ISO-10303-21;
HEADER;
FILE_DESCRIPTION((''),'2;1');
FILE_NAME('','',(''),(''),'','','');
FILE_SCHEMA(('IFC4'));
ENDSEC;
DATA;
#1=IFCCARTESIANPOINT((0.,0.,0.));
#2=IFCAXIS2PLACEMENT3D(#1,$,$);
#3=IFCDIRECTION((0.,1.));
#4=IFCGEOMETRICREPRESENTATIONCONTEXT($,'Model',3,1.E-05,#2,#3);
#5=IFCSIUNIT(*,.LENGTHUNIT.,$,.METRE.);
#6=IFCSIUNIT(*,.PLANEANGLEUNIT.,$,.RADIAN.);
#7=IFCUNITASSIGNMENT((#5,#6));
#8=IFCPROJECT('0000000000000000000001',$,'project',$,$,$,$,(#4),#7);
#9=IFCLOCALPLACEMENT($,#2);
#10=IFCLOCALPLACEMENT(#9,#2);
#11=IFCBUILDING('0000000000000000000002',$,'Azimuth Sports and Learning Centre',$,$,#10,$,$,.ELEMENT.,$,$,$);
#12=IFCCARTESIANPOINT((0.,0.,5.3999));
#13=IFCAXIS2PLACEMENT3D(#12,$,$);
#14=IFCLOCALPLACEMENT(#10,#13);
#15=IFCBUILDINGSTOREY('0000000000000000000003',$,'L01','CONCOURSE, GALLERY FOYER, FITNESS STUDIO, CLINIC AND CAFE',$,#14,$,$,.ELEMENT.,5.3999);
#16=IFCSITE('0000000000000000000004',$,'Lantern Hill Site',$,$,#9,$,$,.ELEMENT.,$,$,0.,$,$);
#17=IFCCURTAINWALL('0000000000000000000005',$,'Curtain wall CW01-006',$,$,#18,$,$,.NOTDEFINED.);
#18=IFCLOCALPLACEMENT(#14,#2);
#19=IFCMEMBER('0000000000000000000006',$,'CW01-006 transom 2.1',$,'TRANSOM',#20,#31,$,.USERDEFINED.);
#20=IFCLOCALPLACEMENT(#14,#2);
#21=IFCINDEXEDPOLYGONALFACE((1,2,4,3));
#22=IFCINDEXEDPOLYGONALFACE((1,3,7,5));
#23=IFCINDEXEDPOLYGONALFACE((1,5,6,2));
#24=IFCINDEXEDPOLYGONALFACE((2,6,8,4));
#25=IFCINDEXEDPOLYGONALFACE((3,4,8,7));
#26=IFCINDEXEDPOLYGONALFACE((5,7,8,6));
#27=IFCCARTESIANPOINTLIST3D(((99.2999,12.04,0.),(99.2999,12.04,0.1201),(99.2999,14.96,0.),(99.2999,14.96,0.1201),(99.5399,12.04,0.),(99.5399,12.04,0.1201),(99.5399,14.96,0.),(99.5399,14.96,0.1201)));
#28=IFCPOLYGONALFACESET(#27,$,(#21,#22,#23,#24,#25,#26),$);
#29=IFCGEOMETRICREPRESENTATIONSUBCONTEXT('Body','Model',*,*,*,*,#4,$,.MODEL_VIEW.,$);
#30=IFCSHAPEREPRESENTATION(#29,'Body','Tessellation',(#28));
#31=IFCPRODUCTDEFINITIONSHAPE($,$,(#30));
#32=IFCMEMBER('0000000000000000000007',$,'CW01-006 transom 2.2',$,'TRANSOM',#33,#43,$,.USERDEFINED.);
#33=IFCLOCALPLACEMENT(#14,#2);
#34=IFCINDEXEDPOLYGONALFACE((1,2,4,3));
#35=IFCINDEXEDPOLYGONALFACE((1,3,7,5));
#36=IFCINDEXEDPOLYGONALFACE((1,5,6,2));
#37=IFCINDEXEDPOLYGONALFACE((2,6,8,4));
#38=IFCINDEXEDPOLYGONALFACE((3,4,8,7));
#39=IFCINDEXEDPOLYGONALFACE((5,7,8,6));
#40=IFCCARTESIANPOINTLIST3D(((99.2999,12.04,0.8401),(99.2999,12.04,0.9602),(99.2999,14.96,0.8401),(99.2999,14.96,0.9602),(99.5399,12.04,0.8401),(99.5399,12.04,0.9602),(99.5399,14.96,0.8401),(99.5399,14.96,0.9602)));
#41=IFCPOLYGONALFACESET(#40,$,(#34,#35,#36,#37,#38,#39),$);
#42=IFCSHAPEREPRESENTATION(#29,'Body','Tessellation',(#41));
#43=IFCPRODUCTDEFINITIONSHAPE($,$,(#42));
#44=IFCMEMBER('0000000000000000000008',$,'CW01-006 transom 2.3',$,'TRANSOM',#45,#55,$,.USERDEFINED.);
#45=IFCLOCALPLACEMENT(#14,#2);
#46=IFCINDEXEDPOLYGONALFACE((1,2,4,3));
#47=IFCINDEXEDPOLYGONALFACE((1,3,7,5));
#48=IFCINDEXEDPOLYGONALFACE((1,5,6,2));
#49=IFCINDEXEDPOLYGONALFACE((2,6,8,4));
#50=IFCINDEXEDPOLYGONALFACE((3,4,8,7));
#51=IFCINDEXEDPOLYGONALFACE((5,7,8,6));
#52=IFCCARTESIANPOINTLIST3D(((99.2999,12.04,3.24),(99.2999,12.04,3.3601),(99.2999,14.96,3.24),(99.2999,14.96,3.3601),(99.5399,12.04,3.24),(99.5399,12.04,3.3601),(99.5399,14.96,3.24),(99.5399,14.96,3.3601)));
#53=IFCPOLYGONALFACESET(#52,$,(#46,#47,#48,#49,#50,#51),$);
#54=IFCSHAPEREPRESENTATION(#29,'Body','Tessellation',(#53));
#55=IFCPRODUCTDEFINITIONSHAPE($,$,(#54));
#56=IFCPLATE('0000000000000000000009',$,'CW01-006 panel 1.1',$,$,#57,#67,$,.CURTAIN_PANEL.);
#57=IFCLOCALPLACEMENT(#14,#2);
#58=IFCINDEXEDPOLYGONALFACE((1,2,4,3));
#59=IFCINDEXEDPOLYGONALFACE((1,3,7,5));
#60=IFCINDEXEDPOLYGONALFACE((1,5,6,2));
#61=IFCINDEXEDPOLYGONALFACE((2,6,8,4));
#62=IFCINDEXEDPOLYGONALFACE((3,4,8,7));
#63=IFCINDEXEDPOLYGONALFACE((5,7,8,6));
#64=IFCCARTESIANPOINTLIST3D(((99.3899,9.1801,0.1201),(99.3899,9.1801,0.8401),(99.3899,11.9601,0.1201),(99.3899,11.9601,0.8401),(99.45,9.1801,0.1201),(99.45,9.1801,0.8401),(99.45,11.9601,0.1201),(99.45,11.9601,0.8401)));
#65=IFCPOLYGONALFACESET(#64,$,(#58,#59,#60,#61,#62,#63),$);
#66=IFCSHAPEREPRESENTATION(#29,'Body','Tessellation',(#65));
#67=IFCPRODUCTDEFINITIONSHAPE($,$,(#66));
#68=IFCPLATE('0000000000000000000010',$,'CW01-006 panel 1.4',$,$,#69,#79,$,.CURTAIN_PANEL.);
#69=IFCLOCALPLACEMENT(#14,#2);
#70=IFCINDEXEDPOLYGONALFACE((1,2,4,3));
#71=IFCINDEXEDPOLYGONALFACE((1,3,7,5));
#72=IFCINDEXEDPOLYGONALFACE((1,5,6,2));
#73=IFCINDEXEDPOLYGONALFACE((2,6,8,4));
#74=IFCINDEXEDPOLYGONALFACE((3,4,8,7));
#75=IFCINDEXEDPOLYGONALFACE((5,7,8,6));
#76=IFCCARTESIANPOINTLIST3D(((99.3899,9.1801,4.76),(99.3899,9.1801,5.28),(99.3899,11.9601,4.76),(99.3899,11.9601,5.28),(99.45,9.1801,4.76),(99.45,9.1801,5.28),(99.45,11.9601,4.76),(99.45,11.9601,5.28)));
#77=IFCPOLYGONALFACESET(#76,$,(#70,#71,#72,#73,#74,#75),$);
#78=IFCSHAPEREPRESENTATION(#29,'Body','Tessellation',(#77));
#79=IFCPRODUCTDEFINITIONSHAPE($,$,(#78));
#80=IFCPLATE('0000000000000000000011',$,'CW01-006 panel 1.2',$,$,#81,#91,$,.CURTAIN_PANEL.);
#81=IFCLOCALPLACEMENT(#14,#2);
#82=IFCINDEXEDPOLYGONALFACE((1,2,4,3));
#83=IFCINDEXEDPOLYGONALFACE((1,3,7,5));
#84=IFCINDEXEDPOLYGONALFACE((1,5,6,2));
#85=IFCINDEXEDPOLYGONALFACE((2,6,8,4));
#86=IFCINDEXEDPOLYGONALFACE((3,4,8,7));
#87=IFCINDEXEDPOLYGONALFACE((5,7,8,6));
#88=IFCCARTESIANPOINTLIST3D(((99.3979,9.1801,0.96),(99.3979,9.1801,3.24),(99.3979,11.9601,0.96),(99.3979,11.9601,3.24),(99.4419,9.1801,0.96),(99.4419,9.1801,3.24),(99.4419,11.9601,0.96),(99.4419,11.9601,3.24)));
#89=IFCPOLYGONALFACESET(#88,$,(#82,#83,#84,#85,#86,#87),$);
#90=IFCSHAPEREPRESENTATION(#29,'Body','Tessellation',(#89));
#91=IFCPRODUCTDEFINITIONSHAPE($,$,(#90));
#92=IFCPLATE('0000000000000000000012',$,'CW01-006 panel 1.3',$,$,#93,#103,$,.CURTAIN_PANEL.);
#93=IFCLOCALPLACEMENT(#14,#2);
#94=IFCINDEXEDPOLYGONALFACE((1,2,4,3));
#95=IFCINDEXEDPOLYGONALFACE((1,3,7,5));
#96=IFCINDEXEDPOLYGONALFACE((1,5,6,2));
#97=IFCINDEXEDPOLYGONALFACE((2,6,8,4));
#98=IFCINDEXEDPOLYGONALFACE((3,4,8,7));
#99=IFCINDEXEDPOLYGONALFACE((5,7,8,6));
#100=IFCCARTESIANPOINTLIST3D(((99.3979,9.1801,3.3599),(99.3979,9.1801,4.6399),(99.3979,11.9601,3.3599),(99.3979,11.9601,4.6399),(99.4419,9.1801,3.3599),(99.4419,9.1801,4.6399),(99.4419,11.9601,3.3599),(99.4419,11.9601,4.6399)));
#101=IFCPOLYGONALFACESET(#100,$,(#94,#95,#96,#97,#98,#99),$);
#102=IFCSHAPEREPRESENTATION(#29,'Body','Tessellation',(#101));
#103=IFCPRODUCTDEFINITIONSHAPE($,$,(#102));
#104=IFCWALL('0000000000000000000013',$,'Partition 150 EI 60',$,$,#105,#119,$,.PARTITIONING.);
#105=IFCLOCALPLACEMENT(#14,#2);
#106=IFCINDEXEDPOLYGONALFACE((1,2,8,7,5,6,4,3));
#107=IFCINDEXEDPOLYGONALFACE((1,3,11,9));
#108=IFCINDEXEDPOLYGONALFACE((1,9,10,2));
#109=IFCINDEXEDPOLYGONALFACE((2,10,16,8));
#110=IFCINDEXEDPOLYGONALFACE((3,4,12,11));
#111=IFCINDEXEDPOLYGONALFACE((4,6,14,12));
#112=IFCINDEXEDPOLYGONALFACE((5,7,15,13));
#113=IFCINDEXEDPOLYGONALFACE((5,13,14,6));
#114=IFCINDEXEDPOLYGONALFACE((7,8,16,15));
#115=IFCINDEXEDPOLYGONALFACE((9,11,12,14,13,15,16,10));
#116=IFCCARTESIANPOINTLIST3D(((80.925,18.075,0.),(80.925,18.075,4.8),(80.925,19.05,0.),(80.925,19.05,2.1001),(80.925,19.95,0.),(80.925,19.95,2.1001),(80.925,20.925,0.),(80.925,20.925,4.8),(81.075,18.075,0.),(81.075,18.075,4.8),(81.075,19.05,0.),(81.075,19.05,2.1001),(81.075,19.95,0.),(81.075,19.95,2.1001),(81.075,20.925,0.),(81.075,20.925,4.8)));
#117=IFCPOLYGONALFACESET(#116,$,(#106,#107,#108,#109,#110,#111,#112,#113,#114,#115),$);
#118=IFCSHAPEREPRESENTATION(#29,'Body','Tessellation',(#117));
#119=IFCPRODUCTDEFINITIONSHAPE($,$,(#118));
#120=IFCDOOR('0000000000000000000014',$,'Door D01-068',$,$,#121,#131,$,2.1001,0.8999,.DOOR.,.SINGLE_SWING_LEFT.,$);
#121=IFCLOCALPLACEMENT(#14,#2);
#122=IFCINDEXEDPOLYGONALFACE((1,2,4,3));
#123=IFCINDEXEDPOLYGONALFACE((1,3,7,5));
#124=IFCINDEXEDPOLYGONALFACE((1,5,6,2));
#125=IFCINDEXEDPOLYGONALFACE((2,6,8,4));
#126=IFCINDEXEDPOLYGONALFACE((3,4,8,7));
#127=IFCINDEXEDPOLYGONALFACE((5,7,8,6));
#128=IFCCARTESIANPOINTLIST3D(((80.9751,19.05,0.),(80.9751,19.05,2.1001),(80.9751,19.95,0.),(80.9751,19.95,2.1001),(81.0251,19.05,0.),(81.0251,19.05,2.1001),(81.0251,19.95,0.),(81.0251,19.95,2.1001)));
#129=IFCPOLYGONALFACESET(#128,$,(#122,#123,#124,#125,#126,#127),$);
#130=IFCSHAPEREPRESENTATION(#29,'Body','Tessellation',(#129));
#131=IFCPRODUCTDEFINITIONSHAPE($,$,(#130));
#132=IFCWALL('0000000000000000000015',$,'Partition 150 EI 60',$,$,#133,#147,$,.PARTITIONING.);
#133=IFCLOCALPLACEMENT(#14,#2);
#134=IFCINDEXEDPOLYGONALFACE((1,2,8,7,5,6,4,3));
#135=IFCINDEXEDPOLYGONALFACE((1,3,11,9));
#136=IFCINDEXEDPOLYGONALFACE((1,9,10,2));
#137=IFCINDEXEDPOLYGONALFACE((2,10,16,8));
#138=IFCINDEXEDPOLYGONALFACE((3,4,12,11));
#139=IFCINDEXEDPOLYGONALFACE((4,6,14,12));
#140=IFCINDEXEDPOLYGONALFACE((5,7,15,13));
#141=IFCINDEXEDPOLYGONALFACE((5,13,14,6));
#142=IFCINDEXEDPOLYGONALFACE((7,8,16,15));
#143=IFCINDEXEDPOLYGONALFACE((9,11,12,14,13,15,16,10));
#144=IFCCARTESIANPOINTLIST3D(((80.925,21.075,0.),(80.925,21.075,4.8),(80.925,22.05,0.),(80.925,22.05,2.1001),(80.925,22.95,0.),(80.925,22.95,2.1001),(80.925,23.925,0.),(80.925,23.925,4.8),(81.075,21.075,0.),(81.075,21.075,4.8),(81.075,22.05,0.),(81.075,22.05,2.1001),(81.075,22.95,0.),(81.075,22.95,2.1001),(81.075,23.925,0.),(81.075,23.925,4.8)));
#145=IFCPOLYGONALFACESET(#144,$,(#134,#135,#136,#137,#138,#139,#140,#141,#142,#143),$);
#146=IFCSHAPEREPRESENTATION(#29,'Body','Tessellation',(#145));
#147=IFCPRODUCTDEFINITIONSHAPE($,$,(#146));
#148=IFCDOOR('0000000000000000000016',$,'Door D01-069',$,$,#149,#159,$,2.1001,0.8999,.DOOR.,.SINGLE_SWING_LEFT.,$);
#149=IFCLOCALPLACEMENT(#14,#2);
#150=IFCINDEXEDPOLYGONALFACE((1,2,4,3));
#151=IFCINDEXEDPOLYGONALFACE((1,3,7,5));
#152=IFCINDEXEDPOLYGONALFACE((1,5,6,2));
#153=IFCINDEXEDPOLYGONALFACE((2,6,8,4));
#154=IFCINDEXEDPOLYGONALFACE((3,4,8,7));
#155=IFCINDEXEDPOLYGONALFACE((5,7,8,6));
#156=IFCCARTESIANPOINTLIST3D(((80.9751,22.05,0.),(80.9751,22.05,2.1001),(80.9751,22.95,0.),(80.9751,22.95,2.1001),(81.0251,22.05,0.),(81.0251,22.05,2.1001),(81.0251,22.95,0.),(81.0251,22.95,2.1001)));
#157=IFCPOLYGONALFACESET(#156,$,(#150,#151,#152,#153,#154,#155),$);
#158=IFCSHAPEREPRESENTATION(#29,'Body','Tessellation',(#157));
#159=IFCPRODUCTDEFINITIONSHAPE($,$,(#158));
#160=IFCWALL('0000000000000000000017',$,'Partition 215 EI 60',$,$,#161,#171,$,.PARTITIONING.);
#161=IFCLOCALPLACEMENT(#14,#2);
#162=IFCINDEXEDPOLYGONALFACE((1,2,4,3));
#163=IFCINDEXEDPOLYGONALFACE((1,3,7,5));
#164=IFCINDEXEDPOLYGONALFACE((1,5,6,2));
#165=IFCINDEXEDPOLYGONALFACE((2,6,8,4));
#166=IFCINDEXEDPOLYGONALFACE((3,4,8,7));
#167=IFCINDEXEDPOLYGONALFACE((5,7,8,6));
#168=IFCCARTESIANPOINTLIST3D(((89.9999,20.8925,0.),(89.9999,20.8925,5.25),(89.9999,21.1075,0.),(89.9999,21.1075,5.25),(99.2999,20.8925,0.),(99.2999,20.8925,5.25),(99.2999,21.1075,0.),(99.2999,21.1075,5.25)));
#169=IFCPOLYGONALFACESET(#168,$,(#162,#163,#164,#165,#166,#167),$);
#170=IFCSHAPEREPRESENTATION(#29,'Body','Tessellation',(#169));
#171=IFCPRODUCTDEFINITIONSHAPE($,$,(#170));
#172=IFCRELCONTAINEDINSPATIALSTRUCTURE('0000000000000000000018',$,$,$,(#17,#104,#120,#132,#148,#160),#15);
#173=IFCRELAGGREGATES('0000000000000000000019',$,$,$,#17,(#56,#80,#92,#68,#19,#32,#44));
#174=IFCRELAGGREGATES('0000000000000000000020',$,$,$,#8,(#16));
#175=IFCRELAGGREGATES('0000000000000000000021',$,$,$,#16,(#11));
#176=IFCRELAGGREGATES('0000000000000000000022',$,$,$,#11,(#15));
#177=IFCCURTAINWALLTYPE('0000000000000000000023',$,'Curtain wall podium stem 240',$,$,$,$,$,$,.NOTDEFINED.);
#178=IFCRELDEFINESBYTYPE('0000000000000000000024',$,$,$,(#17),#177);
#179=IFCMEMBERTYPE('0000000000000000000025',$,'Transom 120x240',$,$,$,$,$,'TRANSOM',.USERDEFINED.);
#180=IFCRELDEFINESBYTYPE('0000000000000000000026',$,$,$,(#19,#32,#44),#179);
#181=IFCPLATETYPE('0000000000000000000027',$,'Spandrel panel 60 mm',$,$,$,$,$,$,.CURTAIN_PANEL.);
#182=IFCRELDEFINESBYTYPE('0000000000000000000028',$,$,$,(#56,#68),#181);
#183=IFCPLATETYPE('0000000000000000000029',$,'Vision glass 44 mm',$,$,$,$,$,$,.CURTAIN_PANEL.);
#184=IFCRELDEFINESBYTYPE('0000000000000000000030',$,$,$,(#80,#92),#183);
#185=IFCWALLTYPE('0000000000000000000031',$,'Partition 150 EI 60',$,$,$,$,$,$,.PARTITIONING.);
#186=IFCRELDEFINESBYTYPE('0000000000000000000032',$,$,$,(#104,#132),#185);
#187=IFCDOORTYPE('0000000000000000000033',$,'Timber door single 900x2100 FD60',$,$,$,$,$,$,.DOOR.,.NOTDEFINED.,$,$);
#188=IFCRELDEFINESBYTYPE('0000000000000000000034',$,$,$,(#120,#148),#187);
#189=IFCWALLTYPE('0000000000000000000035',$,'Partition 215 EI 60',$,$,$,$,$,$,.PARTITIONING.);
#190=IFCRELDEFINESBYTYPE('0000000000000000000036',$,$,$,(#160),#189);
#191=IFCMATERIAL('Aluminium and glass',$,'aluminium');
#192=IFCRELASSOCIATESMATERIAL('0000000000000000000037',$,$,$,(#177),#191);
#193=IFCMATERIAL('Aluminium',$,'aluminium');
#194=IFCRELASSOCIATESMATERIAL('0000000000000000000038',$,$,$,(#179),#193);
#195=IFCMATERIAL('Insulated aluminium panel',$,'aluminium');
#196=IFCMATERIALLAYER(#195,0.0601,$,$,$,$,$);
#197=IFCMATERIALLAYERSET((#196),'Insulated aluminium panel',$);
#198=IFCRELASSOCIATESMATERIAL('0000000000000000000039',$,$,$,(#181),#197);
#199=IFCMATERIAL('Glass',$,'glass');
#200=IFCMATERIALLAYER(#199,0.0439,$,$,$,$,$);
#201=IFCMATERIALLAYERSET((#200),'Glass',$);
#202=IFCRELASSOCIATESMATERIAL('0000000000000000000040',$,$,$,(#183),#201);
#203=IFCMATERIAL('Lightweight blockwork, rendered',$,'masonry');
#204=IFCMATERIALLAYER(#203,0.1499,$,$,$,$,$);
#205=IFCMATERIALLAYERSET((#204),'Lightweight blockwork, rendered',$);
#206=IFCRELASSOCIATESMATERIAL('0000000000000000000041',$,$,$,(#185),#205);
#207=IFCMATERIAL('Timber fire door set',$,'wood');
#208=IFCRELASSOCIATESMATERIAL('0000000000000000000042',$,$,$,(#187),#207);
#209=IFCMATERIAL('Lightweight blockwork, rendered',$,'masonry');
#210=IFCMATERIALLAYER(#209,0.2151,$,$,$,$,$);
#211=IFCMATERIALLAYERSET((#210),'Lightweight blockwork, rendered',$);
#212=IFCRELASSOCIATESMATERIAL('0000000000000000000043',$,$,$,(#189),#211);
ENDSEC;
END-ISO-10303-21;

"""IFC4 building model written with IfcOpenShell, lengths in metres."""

from ifc_helpers import new_model, si_unit, direction, frame, frame_2d, origin, origin_2d, place, context, subcontext, project, spatial, rectangle, extrude, material, layer, layer_set, material_profile, profile_set, type_object, element, fill, aggregate, save


model = new_model("IFC4")

# Units and contexts
model_context = context("Model", 3, precision=1e-05, world=origin(), true_north=direction((0.0, 1.0)))
body_context = subcontext(model_context, "Body", "Model", "MODEL_VIEW")
ifc_project = project(units=[si_unit("LENGTHUNIT", "METRE"), si_unit("PLANEANGLEUNIT", "RADIAN")], contexts=[model_context])

# Site, building, storey
site_placement = place(None, origin())
site = spatial("IfcSite", under=ifc_project, at=site_placement, Name="Lantern Hill Site", CompositionType="ELEMENT", RefElevation=0.0)
building_placement = place(site_placement, origin())
building = spatial("IfcBuilding", under=site, at=building_placement, Name="Azimuth Sports and Learning Centre", CompositionType="ELEMENT")
storey_placement = place(building_placement, frame((0.0, 0.0, 5.3999)))
storey = spatial("IfcBuildingStorey", under=building, at=storey_placement, Name="L01", Description="CONCOURSE, GALLERY FOYER, FITNESS STUDIO, CLINIC AND CAFE", CompositionType="ELEMENT", Elevation=5.3999)

# Curtain wall, members, plates
ifc_material_1 = material(Name="Aluminium and glass", Category="aluminium")
curtain_wall_type = type_object("IfcCurtainWallType", Name="Curtain wall podium stem 240", PredefinedType="NOTDEFINED", material=ifc_material_1)
curtain_wall_placement = place(storey_placement, origin())
curtain_wall = element("IfcCurtainWall", 1, at=curtain_wall_placement, inside=storey, type_object=curtain_wall_type, Name="Curtain wall CW01-006", PredefinedType="NOTDEFINED")
ifc_material_2 = material(Name="Aluminium", Category="aluminium")
ifc_material_profile_1 = material_profile(ifc_material_2, rectangle(XDim=0.24, YDim=0.1201, at=origin_2d()), Name="Transom 120x240")
ifc_profile_set_1 = profile_set([ifc_material_profile_1], Name="Aluminium")
member_type_1 = type_object("IfcMemberType", Name="Transom 120x240", ElementType="TRANSOM", PredefinedType="USERDEFINED", material=ifc_profile_set_1)
member_1_placement = place(storey_placement, frame((99.4199, 12.04, 0.0601), z_axis=(0.0, 1.0, 0.0), x_axis=(-1.0, 0.0, 0.0)))
member_1 = element("IfcMember", 2, at=member_1_placement, type_object=member_type_1, Name="CW01-006 transom 2.1", ObjectType="TRANSOM", PredefinedType="USERDEFINED", context=body_context, shape_type="SweptSolid", body=[
    extrude(rectangle(XDim=0.24, YDim=0.1201, at=origin_2d()), origin(), (0.0, 0.0, 1.0), 2.9199),
])
member_2_placement = place(storey_placement, frame((99.4199, 12.04, 0.9001), z_axis=(0.0, 1.0, 0.0), x_axis=(-1.0, 0.0, 0.0)))
member_2 = element("IfcMember", 3, at=member_2_placement, type_object=member_type_1, Name="CW01-006 transom 2.2", ObjectType="TRANSOM", PredefinedType="USERDEFINED", context=body_context, shape_type="SweptSolid", body=[
    extrude(rectangle(XDim=0.24, YDim=0.1201, at=origin_2d()), origin(), (0.0, 0.0, 1.0), 2.9199),
])
member_3_placement = place(storey_placement, frame((99.4199, 12.04, 3.3), z_axis=(0.0, 1.0, 0.0), x_axis=(-1.0, 0.0, 0.0)))
member_3 = element("IfcMember", 4, at=member_3_placement, type_object=member_type_1, Name="CW01-006 transom 2.3", ObjectType="TRANSOM", PredefinedType="USERDEFINED", context=body_context, shape_type="SweptSolid", body=[
    extrude(rectangle(XDim=0.24, YDim=0.1201, at=origin_2d()), origin(), (0.0, 0.0, 1.0), 2.9199),
])
ifc_material_3 = material(Name="Insulated aluminium panel", Category="aluminium")
ifc_layer_1 = layer(ifc_material_3, 0.0601)
ifc_layer_set_1 = layer_set([ifc_layer_1], Name="Insulated aluminium panel")
plate_type_1 = type_object("IfcPlateType", Name="Spandrel panel 60 mm", PredefinedType="CURTAIN_PANEL", material=ifc_layer_set_1)
plate_1_placement = place(storey_placement, frame((99.4199, 10.5701, 0.1201), z_axis=(0.0, 0.0, 1.0), x_axis=(0.0, 1.0, 0.0)))
plate_1 = element("IfcPlate", 5, at=plate_1_placement, type_object=plate_type_1, Name="CW01-006 panel 1.1", PredefinedType="CURTAIN_PANEL", context=body_context, shape_type="SweptSolid", body=[
    extrude(rectangle(XDim=2.78, YDim=0.0601, at=origin_2d()), origin(), (0.0, 0.0, 1.0), 0.72),
])
plate_2_placement = place(storey_placement, frame((99.4199, 10.5701, 4.76), z_axis=(0.0, 0.0, 1.0), x_axis=(0.0, 1.0, 0.0)))
plate_2 = element("IfcPlate", 6, at=plate_2_placement, type_object=plate_type_1, Name="CW01-006 panel 1.4", PredefinedType="CURTAIN_PANEL", context=body_context, shape_type="SweptSolid", body=[
    extrude(rectangle(XDim=2.78, YDim=0.0601, at=origin_2d()), origin(), (0.0, 0.0, 1.0), 0.52),
])
ifc_material_4 = material(Name="Glass", Category="glass")
ifc_layer_2 = layer(ifc_material_4, 0.0439)
ifc_layer_set_2 = layer_set([ifc_layer_2], Name="Glass")
plate_type_2 = type_object("IfcPlateType", Name="Vision glass 44 mm", PredefinedType="CURTAIN_PANEL", material=ifc_layer_set_2)
plate_3_placement = place(storey_placement, frame((99.4199, 10.5701, 0.96), z_axis=(0.0, 0.0, 1.0), x_axis=(0.0, 1.0, 0.0)))
plate_3 = element("IfcPlate", 7, at=plate_3_placement, type_object=plate_type_2, Name="CW01-006 panel 1.2", PredefinedType="CURTAIN_PANEL", context=body_context, shape_type="SweptSolid", body=[
    extrude(rectangle(XDim=2.78, YDim=0.0439, at=origin_2d()), origin(), (0.0, 0.0, 1.0), 2.28),
])
plate_4_placement = place(storey_placement, frame((99.4199, 10.5701, 3.3599), z_axis=(0.0, 0.0, 1.0), x_axis=(0.0, 1.0, 0.0)))
plate_4 = element("IfcPlate", 8, at=plate_4_placement, type_object=plate_type_2, Name="CW01-006 panel 1.3", PredefinedType="CURTAIN_PANEL", context=body_context, shape_type="SweptSolid", body=[
    extrude(rectangle(XDim=2.78, YDim=0.0439, at=origin_2d()), origin(), (0.0, 0.0, 1.0), 1.28),
])
aggregate(curtain_wall, [plate_1, plate_3, plate_4, plate_2, member_1, member_2, member_3])

# Walls, openings, doors
ifc_material_5 = material(Name="Lightweight blockwork, rendered", Category="masonry")
ifc_layer_3 = layer(ifc_material_5, 0.1499)
ifc_layer_set_3 = layer_set([ifc_layer_3], Name="Lightweight blockwork, rendered")
wall_type_1 = type_object("IfcWallType", Name="Partition 150 EI 60", PredefinedType="PARTITIONING", material=ifc_layer_set_3)
wall_1_placement = place(storey_placement, frame((81.0, 18.075, 0.0), z_axis=(0.0, 0.0, 1.0), x_axis=(0.0, 1.0, 0.0)))
wall_1 = element("IfcWall", 9, at=wall_1_placement, inside=storey, type_object=wall_type_1, Name="Partition 150 EI 60", PredefinedType="PARTITIONING", context=body_context, shape_type="SweptSolid", body=[
    extrude(rectangle(XDim=2.8501, YDim=0.1499, at=frame_2d((1.425, 0.0))), origin(), (0.0, 0.0, 1.0), 4.8),
])
opening_1_placement = place(wall_1_placement, frame((0.9751, 0.0, 0.0)))
opening_1 = element("IfcOpeningElement", 10, at=opening_1_placement, cuts=wall_1, PredefinedType="OPENING", context=body_context, shape_type="SweptSolid", body=[
    extrude(rectangle(XDim=0.8999, YDim=2.1001, at=frame_2d((0.45, 1.05))), frame((0.0, 0.0859, 0.0), z_axis=(0.0, -1.0, 0.0), x_axis=(1.0, 0.0, 0.0)), (0.0, 0.0, 1.0), 0.1719),
])
ifc_material_6 = material(Name="Timber fire door set", Category="wood")
door_type = type_object("IfcDoorType", Name="Timber door single 900x2100 FD60", OperationType="NOTDEFINED", PredefinedType="DOOR", material=ifc_material_6)
door_1_placement = place(opening_1_placement, origin())
door_1 = element("IfcDoor", 11, at=door_1_placement, inside=storey, type_object=door_type, Name="Door D01-068", OperationType="SINGLE_SWING_LEFT", OverallHeight=2.1001, OverallWidth=0.8999, PredefinedType="DOOR", context=body_context, shape_type="SweptSolid", body=[
    extrude(rectangle(XDim=0.8999, YDim=2.1001, at=frame_2d((0.45, 1.05))), frame((0.0, 0.0249, 0.0), z_axis=(0.0, -1.0, 0.0), x_axis=(1.0, 0.0, 0.0)), (0.0, 0.0, 1.0), 0.05),
])
fill(opening_1, door_1)
wall_2_placement = place(storey_placement, frame((81.0, 21.075, 0.0), z_axis=(0.0, 0.0, 1.0), x_axis=(0.0, 1.0, 0.0)))
wall_2 = element("IfcWall", 12, at=wall_2_placement, inside=storey, type_object=wall_type_1, Name="Partition 150 EI 60", PredefinedType="PARTITIONING", context=body_context, shape_type="SweptSolid", body=[
    extrude(rectangle(XDim=2.8501, YDim=0.1499, at=frame_2d((1.425, 0.0))), origin(), (0.0, 0.0, 1.0), 4.8),
])
opening_2_placement = place(wall_2_placement, frame((0.9751, 0.0, 0.0)))
opening_2 = element("IfcOpeningElement", 13, at=opening_2_placement, cuts=wall_2, PredefinedType="OPENING", context=body_context, shape_type="SweptSolid", body=[
    extrude(rectangle(XDim=0.8999, YDim=2.1001, at=frame_2d((0.45, 1.05))), frame((0.0, 0.0859, 0.0), z_axis=(0.0, -1.0, 0.0), x_axis=(1.0, 0.0, 0.0)), (0.0, 0.0, 1.0), 0.1719),
])
door_2_placement = place(opening_2_placement, origin())
door_2 = element("IfcDoor", 14, at=door_2_placement, inside=storey, type_object=door_type, Name="Door D01-069", OperationType="SINGLE_SWING_LEFT", OverallHeight=2.1001, OverallWidth=0.8999, PredefinedType="DOOR", context=body_context, shape_type="SweptSolid", body=[
    extrude(rectangle(XDim=0.8999, YDim=2.1001, at=frame_2d((0.45, 1.05))), frame((0.0, 0.0249, 0.0), z_axis=(0.0, -1.0, 0.0), x_axis=(1.0, 0.0, 0.0)), (0.0, 0.0, 1.0), 0.05),
])
fill(opening_2, door_2)

# Wall
ifc_material_7 = material(Name="Lightweight blockwork, rendered", Category="masonry")
ifc_layer_4 = layer(ifc_material_7, 0.2151)
ifc_layer_set_4 = layer_set([ifc_layer_4], Name="Lightweight blockwork, rendered")
wall_type_2 = type_object("IfcWallType", Name="Partition 215 EI 60", PredefinedType="PARTITIONING", material=ifc_layer_set_4)
wall_3_placement = place(storey_placement, frame((90.0, 21.0, 0.0), z_axis=(0.0, 0.0, 1.0), x_axis=(1.0, 0.0, 0.0)))
element("IfcWall", 15, at=wall_3_placement, inside=storey, type_object=wall_type_2, Name="Partition 215 EI 60", PredefinedType="PARTITIONING", context=body_context, shape_type="SweptSolid", body=[
    extrude(rectangle(XDim=9.3, YDim=0.2151, at=frame_2d((4.6499, 0.0))), origin(), (0.0, 0.0, 1.0), 5.25),
])

save(model, "model.ifc")
